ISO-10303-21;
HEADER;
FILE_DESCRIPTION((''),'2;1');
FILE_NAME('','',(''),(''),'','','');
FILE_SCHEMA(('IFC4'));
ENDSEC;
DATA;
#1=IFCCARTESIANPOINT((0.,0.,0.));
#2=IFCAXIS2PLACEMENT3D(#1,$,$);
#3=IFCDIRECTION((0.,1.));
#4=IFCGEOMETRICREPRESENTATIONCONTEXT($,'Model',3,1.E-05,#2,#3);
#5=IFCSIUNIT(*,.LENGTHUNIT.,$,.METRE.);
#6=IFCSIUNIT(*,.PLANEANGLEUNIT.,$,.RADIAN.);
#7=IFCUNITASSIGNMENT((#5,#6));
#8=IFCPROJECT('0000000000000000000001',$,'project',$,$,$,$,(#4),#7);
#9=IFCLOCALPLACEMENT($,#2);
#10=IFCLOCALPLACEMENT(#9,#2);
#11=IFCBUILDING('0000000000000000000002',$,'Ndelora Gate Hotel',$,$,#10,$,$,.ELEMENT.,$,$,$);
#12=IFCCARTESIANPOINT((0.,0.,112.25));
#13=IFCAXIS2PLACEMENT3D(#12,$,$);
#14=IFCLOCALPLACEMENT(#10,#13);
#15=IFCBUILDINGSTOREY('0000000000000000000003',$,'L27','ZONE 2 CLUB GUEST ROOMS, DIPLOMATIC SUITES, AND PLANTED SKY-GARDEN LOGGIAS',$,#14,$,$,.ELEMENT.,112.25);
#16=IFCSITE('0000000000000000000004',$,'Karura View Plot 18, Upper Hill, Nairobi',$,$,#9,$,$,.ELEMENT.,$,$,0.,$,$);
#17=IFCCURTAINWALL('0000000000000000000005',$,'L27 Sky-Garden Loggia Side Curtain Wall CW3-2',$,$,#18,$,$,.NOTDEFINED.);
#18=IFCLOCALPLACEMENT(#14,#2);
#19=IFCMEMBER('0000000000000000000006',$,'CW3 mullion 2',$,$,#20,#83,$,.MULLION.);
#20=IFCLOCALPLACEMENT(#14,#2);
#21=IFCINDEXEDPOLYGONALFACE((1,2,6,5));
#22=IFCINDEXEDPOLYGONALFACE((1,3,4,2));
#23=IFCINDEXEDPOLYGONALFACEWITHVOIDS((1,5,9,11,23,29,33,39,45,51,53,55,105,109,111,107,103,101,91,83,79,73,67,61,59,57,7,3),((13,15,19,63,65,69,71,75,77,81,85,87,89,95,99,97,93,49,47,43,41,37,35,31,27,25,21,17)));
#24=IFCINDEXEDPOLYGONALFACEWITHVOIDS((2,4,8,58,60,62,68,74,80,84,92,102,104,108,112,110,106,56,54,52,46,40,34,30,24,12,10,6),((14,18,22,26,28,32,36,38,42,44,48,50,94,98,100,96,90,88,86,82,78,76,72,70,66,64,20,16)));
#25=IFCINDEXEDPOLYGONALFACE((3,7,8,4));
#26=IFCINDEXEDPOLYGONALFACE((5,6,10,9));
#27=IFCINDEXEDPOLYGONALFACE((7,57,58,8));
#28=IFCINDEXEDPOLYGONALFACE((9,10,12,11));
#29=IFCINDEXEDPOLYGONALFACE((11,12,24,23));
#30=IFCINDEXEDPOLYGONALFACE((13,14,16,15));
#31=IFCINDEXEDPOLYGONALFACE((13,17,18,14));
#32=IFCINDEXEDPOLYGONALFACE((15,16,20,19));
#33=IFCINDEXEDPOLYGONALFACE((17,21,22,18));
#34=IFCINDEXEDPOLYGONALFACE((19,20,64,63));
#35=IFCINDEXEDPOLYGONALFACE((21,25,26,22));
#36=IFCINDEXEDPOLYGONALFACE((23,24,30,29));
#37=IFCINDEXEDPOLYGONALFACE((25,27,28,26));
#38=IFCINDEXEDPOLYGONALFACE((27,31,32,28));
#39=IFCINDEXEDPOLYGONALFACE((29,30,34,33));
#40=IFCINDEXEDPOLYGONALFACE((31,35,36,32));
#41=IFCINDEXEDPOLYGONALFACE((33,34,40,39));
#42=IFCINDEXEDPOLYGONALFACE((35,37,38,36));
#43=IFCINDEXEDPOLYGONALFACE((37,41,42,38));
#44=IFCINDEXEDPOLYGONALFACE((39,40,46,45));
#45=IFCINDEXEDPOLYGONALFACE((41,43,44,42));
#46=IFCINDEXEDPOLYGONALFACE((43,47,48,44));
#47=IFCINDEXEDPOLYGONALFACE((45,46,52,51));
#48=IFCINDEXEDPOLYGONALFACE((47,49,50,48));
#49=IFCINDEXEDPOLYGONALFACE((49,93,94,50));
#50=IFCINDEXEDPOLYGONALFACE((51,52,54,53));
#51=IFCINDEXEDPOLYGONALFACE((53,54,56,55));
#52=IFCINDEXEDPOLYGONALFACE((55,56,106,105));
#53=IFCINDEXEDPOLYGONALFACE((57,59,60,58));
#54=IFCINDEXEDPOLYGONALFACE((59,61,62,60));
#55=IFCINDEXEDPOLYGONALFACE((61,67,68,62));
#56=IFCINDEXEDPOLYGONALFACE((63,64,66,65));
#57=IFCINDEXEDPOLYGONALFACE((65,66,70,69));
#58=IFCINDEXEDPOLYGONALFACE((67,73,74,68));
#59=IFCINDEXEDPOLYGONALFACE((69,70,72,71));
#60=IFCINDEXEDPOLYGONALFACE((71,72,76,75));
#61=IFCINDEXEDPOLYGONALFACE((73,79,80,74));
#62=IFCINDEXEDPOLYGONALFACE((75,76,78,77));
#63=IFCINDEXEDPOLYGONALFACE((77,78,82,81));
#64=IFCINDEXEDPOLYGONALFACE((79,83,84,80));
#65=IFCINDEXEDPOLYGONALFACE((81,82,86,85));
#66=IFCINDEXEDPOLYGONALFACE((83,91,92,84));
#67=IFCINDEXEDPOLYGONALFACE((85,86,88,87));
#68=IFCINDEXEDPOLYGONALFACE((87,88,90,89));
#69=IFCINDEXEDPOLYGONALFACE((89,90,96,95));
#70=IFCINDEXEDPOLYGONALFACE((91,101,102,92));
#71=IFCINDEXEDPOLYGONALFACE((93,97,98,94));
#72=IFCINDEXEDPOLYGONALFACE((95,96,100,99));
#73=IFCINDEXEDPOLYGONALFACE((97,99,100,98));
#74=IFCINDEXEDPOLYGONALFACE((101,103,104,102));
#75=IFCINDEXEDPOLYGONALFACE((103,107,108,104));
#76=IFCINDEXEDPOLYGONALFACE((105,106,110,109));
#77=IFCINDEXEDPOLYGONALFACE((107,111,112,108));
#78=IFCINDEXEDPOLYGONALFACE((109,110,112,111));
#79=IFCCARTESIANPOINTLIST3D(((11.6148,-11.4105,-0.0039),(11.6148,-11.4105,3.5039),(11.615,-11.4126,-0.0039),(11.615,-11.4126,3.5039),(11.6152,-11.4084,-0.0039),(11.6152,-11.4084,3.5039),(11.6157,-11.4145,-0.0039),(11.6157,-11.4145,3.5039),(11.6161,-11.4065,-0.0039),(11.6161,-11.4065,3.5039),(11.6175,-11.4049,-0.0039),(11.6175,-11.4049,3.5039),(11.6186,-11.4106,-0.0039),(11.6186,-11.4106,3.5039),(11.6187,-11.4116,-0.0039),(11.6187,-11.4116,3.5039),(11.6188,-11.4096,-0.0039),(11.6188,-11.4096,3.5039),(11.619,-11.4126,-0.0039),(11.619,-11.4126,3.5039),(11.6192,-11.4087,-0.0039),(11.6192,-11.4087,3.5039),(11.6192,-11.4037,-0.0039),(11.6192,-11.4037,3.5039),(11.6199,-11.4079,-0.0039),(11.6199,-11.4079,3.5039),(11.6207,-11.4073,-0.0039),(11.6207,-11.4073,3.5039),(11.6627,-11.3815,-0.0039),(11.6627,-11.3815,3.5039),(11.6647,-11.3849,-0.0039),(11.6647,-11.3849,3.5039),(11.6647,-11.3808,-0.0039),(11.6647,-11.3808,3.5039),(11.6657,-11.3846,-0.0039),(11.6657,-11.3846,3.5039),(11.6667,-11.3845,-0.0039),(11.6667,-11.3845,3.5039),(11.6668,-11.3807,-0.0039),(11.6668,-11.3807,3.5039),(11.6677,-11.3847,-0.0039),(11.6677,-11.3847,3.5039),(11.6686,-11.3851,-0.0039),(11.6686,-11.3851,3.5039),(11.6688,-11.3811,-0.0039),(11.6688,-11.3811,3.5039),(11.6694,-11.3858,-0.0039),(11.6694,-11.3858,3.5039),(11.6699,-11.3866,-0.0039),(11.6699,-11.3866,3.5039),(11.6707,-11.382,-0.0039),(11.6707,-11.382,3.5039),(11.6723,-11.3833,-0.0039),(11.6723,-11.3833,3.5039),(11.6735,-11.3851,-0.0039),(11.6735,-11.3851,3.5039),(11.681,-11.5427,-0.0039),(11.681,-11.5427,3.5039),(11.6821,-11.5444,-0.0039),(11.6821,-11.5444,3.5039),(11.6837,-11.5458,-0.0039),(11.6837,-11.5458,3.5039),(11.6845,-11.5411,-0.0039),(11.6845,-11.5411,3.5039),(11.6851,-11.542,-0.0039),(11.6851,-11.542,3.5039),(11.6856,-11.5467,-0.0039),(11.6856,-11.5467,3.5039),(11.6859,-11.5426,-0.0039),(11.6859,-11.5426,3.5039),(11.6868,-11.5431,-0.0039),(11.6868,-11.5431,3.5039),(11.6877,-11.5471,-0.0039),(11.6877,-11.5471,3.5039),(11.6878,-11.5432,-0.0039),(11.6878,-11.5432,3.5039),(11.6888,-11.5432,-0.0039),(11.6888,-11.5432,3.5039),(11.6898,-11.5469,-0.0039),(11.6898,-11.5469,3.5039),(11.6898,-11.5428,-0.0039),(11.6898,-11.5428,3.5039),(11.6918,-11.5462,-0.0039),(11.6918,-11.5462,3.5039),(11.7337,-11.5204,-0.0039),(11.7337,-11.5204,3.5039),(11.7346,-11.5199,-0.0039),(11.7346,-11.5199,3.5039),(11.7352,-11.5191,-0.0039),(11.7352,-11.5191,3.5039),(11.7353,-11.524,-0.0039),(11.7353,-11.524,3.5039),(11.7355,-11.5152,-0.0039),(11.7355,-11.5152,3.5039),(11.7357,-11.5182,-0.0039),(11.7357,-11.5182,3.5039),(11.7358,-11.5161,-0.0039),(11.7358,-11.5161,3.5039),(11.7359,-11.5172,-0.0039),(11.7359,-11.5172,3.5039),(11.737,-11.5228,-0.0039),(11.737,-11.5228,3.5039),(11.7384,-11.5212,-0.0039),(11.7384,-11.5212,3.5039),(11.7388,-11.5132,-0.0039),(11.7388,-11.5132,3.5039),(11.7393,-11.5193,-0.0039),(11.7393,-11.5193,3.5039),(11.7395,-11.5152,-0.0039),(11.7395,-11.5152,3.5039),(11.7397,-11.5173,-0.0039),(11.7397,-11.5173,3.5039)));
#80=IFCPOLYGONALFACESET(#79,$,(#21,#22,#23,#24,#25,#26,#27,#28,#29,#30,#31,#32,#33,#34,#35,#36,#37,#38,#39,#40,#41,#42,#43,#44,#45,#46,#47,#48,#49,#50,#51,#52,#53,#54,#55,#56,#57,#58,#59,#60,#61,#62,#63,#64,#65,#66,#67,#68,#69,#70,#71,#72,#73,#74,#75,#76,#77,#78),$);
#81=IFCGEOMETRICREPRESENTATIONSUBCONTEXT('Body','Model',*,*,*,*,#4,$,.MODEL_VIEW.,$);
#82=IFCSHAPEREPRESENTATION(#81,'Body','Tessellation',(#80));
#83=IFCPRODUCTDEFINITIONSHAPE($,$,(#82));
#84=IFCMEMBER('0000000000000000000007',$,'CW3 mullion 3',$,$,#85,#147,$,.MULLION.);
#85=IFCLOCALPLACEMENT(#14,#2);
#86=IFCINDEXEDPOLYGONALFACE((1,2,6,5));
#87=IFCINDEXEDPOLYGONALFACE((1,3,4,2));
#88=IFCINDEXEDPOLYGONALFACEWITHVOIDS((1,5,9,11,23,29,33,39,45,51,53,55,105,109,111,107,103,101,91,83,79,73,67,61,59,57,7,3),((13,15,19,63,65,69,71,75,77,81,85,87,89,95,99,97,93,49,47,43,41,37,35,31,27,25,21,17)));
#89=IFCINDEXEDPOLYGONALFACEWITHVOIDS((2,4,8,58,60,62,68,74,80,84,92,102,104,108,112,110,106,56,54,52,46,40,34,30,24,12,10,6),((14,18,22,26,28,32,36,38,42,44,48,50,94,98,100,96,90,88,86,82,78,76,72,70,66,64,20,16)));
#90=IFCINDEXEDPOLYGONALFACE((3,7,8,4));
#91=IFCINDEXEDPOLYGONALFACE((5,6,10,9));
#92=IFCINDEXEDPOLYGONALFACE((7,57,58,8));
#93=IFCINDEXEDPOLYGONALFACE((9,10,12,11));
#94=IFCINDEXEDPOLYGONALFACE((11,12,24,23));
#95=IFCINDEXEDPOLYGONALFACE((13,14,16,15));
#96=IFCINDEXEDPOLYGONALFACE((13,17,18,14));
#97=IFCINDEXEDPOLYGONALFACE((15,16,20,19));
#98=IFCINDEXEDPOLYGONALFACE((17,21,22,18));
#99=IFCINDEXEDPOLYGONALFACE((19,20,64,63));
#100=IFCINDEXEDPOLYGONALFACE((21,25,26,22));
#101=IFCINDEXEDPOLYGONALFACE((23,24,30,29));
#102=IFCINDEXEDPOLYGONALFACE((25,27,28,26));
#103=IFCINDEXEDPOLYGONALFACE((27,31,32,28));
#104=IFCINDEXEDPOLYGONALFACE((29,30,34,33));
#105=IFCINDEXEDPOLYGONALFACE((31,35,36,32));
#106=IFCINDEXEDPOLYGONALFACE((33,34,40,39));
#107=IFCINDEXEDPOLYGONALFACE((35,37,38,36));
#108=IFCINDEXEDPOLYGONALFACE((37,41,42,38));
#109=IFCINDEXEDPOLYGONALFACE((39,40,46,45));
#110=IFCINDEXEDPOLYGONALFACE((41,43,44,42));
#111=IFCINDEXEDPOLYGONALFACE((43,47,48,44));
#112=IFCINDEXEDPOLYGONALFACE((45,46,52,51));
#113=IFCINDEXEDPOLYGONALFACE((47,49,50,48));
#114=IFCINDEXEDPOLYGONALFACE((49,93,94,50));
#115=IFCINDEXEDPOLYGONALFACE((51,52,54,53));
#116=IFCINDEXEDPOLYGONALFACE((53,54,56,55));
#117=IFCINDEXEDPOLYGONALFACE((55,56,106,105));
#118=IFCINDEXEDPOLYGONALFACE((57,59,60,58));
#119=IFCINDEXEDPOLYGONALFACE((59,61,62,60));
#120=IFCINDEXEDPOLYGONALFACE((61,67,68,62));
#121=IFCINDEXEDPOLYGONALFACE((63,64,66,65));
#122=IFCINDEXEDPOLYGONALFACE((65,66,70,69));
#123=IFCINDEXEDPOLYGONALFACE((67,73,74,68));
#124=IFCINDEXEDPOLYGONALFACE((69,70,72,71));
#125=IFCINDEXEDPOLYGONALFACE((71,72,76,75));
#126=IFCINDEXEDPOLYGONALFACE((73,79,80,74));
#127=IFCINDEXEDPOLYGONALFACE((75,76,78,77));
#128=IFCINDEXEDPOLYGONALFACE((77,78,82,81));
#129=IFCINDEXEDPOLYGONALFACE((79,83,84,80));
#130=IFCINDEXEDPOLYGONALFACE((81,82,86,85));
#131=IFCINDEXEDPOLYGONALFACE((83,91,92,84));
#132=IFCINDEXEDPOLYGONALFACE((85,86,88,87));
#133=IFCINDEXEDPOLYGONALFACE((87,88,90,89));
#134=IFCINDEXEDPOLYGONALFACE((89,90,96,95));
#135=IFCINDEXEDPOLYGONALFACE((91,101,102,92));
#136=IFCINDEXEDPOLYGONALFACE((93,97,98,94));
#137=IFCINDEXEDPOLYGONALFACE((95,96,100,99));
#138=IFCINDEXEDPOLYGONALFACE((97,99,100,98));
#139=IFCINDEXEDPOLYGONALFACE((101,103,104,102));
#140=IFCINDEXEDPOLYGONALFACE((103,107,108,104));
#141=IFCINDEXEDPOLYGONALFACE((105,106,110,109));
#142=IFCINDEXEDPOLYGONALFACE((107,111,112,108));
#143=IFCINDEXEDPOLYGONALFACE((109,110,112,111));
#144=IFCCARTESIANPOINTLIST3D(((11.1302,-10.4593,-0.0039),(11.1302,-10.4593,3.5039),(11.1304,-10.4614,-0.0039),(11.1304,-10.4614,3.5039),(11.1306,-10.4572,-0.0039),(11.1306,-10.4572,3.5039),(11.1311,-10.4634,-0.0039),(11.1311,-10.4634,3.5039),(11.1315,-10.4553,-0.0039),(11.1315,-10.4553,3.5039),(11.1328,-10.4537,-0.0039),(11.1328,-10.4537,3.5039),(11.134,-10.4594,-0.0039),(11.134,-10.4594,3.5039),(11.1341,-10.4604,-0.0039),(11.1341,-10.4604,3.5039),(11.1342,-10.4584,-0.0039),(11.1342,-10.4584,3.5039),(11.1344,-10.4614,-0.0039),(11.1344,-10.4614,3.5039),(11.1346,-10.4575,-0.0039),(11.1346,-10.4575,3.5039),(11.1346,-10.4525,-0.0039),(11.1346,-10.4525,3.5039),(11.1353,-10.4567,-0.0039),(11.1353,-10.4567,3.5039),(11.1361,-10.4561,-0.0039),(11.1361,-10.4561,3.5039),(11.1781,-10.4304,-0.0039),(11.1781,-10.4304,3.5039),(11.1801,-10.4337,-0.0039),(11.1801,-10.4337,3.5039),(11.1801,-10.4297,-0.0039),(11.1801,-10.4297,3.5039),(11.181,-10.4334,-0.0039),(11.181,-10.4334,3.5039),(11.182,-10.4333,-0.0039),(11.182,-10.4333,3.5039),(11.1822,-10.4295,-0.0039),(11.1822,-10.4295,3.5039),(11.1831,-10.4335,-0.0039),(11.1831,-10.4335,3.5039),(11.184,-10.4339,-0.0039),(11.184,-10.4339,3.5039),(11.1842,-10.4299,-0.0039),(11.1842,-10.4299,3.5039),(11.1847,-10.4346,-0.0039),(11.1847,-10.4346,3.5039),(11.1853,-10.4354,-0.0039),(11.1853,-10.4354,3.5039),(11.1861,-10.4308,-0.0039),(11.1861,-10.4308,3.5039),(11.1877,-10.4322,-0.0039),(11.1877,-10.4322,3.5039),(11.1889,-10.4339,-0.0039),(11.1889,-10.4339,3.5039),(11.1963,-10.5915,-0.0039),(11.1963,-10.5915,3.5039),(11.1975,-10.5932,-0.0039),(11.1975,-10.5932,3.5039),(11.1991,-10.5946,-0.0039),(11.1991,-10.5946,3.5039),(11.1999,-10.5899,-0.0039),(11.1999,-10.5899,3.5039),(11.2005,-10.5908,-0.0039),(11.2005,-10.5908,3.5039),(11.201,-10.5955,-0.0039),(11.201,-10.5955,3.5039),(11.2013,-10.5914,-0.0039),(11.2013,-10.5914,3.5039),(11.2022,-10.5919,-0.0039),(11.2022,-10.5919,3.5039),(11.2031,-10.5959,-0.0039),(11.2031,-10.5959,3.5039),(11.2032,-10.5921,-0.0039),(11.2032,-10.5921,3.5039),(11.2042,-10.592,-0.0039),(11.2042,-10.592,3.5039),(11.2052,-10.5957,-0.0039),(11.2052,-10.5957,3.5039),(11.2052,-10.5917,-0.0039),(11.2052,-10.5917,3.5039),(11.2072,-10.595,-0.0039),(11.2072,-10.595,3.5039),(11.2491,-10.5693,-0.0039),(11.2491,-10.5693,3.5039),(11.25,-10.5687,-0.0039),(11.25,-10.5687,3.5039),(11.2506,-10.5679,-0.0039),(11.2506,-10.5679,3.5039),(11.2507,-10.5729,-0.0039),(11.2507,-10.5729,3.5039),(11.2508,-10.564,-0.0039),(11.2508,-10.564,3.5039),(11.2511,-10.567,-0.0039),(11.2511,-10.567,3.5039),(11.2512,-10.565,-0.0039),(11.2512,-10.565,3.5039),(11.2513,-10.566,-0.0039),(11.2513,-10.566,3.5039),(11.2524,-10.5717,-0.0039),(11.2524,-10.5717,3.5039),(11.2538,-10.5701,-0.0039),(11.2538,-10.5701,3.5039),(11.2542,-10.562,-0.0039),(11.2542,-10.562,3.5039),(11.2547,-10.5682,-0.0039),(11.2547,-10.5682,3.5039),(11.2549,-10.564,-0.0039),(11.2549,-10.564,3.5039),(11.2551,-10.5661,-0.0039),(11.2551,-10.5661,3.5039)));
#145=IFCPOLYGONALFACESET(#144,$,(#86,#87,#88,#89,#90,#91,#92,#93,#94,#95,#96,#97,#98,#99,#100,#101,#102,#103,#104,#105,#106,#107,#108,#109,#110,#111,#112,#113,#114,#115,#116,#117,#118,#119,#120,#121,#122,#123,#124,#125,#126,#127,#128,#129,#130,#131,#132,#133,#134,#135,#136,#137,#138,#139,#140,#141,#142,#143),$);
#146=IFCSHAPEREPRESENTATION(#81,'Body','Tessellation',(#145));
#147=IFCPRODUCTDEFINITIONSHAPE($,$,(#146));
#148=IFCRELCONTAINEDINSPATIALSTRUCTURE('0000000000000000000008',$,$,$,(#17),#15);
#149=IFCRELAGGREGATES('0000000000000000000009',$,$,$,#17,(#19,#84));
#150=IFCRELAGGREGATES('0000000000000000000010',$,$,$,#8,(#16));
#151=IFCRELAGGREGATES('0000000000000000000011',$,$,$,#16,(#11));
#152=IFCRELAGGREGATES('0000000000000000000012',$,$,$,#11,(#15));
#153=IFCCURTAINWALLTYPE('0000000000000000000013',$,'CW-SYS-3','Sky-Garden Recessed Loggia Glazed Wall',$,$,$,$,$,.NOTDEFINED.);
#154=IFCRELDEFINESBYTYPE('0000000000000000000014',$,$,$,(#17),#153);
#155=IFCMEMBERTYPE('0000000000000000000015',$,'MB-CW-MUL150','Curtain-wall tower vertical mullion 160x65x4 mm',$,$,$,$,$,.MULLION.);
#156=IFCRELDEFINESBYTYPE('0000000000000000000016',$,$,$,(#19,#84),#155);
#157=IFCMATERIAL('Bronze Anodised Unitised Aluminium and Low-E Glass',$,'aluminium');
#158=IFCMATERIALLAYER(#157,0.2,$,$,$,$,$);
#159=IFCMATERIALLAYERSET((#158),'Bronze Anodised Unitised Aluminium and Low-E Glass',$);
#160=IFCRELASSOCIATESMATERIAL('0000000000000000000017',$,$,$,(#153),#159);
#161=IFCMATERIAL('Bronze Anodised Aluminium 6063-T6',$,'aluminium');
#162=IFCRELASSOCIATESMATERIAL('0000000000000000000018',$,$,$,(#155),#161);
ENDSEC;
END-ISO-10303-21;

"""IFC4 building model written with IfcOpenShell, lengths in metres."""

from ifc_helpers import new_model, si_unit, direction, frame, origin, origin_2d, place, context, subcontext, project, spatial, hollow_rectangle, extrude, material, layer, layer_set, material_profile, profile_set, type_object, element, aggregate, save


model = new_model("IFC4")

# Units and contexts
model_context = context("Model", 3, precision=1e-05, world=origin(), true_north=direction((0.0, 1.0)))
body_context = subcontext(model_context, "Body", "Model", "MODEL_VIEW")
ifc_project = project(units=[si_unit("LENGTHUNIT", "METRE"), si_unit("PLANEANGLEUNIT", "RADIAN")], contexts=[model_context])

# Site, building, storey
site_placement = place(None, origin())
site = spatial("IfcSite", under=ifc_project, at=site_placement, Name="Karura View Plot 18, Upper Hill, Nairobi", CompositionType="ELEMENT", RefElevation=0.0)
building_placement = place(site_placement, origin())
building = spatial("IfcBuilding", under=site, at=building_placement, Name="Ndelora Gate Hotel", CompositionType="ELEMENT")
storey_placement = place(building_placement, frame((0.0, 0.0, 112.25)))
storey = spatial("IfcBuildingStorey", under=building, at=storey_placement, Name="L27", Description="ZONE 2 CLUB GUEST ROOMS, DIPLOMATIC SUITES, AND PLANTED SKY-GARDEN LOGGIAS", CompositionType="ELEMENT", Elevation=112.25)

# Curtain wall, members
ifc_material_1 = material(Name="Bronze Anodised Unitised Aluminium and Low-E Glass", Category="aluminium")
ifc_layer_1 = layer(ifc_material_1, 0.2)
ifc_layer_set_1 = layer_set([ifc_layer_1], Name="Bronze Anodised Unitised Aluminium and Low-E Glass")
curtain_wall_type = type_object("IfcCurtainWallType", Name="CW-SYS-3", Description="Sky-Garden Recessed Loggia Glazed Wall", PredefinedType="NOTDEFINED", material=ifc_layer_set_1)
curtain_wall_placement = place(storey_placement, origin())
curtain_wall = element("IfcCurtainWall", 1, at=curtain_wall_placement, inside=storey, type_object=curtain_wall_type, Name="L27 Sky-Garden Loggia Side Curtain Wall CW3-2", PredefinedType="NOTDEFINED")
ifc_material_2 = material(Name="Bronze Anodised Aluminium 6063-T6", Category="aluminium")
ifc_material_profile_1 = material_profile(ifc_material_2, hollow_rectangle(XDim=0.0649, YDim=0.1599, WallThickness=0.0039, InnerFilletRadius=0.0039, OuterFilletRadius=0.0081, at=origin_2d()), Name="ALU 160x65x4")
ifc_profile_set_1 = profile_set([ifc_material_profile_1], Name="Bronze Anodised Aluminium 6063-T6")
member_type_1 = type_object("IfcMemberType", Name="MB-CW-MUL150", Description="Curtain-wall tower vertical mullion 160x65x4 mm", PredefinedType="MULLION", material=ifc_profile_set_1)
member_1_placement = place(storey_placement, frame((11.6772, -11.4639, -0.0039), z_axis=(0.0, 0.0, 1.0), x_axis=(-0.891001, -0.454001, 0.0)))
member_1 = element("IfcMember", 2, at=member_1_placement, type_object=member_type_1, Name="CW3 mullion 2", PredefinedType="MULLION", context=body_context, shape_type="SweptSolid", body=[
    extrude(hollow_rectangle(XDim=0.0649, YDim=0.1599, WallThickness=0.0039, InnerFilletRadius=0.0039, OuterFilletRadius=0.0081, at=origin_2d()), origin(), (0.0, 0.0, 1.0), 3.5078),
])
member_2_placement = place(storey_placement, frame((11.1926, -10.5127, -0.0039), z_axis=(0.0, 0.0, 1.0), x_axis=(-0.891001, -0.454001, 0.0)))
member_2 = element("IfcMember", 3, at=member_2_placement, type_object=member_type_1, Name="CW3 mullion 3", PredefinedType="MULLION", context=body_context, shape_type="SweptSolid", body=[
    extrude(hollow_rectangle(XDim=0.0649, YDim=0.1599, WallThickness=0.0039, InnerFilletRadius=0.0039, OuterFilletRadius=0.0081, at=origin_2d()), origin(), (0.0, 0.0, 1.0), 3.5078),
])
aggregate(curtain_wall, [member_1, member_2])

save(model, "model.ifc")
